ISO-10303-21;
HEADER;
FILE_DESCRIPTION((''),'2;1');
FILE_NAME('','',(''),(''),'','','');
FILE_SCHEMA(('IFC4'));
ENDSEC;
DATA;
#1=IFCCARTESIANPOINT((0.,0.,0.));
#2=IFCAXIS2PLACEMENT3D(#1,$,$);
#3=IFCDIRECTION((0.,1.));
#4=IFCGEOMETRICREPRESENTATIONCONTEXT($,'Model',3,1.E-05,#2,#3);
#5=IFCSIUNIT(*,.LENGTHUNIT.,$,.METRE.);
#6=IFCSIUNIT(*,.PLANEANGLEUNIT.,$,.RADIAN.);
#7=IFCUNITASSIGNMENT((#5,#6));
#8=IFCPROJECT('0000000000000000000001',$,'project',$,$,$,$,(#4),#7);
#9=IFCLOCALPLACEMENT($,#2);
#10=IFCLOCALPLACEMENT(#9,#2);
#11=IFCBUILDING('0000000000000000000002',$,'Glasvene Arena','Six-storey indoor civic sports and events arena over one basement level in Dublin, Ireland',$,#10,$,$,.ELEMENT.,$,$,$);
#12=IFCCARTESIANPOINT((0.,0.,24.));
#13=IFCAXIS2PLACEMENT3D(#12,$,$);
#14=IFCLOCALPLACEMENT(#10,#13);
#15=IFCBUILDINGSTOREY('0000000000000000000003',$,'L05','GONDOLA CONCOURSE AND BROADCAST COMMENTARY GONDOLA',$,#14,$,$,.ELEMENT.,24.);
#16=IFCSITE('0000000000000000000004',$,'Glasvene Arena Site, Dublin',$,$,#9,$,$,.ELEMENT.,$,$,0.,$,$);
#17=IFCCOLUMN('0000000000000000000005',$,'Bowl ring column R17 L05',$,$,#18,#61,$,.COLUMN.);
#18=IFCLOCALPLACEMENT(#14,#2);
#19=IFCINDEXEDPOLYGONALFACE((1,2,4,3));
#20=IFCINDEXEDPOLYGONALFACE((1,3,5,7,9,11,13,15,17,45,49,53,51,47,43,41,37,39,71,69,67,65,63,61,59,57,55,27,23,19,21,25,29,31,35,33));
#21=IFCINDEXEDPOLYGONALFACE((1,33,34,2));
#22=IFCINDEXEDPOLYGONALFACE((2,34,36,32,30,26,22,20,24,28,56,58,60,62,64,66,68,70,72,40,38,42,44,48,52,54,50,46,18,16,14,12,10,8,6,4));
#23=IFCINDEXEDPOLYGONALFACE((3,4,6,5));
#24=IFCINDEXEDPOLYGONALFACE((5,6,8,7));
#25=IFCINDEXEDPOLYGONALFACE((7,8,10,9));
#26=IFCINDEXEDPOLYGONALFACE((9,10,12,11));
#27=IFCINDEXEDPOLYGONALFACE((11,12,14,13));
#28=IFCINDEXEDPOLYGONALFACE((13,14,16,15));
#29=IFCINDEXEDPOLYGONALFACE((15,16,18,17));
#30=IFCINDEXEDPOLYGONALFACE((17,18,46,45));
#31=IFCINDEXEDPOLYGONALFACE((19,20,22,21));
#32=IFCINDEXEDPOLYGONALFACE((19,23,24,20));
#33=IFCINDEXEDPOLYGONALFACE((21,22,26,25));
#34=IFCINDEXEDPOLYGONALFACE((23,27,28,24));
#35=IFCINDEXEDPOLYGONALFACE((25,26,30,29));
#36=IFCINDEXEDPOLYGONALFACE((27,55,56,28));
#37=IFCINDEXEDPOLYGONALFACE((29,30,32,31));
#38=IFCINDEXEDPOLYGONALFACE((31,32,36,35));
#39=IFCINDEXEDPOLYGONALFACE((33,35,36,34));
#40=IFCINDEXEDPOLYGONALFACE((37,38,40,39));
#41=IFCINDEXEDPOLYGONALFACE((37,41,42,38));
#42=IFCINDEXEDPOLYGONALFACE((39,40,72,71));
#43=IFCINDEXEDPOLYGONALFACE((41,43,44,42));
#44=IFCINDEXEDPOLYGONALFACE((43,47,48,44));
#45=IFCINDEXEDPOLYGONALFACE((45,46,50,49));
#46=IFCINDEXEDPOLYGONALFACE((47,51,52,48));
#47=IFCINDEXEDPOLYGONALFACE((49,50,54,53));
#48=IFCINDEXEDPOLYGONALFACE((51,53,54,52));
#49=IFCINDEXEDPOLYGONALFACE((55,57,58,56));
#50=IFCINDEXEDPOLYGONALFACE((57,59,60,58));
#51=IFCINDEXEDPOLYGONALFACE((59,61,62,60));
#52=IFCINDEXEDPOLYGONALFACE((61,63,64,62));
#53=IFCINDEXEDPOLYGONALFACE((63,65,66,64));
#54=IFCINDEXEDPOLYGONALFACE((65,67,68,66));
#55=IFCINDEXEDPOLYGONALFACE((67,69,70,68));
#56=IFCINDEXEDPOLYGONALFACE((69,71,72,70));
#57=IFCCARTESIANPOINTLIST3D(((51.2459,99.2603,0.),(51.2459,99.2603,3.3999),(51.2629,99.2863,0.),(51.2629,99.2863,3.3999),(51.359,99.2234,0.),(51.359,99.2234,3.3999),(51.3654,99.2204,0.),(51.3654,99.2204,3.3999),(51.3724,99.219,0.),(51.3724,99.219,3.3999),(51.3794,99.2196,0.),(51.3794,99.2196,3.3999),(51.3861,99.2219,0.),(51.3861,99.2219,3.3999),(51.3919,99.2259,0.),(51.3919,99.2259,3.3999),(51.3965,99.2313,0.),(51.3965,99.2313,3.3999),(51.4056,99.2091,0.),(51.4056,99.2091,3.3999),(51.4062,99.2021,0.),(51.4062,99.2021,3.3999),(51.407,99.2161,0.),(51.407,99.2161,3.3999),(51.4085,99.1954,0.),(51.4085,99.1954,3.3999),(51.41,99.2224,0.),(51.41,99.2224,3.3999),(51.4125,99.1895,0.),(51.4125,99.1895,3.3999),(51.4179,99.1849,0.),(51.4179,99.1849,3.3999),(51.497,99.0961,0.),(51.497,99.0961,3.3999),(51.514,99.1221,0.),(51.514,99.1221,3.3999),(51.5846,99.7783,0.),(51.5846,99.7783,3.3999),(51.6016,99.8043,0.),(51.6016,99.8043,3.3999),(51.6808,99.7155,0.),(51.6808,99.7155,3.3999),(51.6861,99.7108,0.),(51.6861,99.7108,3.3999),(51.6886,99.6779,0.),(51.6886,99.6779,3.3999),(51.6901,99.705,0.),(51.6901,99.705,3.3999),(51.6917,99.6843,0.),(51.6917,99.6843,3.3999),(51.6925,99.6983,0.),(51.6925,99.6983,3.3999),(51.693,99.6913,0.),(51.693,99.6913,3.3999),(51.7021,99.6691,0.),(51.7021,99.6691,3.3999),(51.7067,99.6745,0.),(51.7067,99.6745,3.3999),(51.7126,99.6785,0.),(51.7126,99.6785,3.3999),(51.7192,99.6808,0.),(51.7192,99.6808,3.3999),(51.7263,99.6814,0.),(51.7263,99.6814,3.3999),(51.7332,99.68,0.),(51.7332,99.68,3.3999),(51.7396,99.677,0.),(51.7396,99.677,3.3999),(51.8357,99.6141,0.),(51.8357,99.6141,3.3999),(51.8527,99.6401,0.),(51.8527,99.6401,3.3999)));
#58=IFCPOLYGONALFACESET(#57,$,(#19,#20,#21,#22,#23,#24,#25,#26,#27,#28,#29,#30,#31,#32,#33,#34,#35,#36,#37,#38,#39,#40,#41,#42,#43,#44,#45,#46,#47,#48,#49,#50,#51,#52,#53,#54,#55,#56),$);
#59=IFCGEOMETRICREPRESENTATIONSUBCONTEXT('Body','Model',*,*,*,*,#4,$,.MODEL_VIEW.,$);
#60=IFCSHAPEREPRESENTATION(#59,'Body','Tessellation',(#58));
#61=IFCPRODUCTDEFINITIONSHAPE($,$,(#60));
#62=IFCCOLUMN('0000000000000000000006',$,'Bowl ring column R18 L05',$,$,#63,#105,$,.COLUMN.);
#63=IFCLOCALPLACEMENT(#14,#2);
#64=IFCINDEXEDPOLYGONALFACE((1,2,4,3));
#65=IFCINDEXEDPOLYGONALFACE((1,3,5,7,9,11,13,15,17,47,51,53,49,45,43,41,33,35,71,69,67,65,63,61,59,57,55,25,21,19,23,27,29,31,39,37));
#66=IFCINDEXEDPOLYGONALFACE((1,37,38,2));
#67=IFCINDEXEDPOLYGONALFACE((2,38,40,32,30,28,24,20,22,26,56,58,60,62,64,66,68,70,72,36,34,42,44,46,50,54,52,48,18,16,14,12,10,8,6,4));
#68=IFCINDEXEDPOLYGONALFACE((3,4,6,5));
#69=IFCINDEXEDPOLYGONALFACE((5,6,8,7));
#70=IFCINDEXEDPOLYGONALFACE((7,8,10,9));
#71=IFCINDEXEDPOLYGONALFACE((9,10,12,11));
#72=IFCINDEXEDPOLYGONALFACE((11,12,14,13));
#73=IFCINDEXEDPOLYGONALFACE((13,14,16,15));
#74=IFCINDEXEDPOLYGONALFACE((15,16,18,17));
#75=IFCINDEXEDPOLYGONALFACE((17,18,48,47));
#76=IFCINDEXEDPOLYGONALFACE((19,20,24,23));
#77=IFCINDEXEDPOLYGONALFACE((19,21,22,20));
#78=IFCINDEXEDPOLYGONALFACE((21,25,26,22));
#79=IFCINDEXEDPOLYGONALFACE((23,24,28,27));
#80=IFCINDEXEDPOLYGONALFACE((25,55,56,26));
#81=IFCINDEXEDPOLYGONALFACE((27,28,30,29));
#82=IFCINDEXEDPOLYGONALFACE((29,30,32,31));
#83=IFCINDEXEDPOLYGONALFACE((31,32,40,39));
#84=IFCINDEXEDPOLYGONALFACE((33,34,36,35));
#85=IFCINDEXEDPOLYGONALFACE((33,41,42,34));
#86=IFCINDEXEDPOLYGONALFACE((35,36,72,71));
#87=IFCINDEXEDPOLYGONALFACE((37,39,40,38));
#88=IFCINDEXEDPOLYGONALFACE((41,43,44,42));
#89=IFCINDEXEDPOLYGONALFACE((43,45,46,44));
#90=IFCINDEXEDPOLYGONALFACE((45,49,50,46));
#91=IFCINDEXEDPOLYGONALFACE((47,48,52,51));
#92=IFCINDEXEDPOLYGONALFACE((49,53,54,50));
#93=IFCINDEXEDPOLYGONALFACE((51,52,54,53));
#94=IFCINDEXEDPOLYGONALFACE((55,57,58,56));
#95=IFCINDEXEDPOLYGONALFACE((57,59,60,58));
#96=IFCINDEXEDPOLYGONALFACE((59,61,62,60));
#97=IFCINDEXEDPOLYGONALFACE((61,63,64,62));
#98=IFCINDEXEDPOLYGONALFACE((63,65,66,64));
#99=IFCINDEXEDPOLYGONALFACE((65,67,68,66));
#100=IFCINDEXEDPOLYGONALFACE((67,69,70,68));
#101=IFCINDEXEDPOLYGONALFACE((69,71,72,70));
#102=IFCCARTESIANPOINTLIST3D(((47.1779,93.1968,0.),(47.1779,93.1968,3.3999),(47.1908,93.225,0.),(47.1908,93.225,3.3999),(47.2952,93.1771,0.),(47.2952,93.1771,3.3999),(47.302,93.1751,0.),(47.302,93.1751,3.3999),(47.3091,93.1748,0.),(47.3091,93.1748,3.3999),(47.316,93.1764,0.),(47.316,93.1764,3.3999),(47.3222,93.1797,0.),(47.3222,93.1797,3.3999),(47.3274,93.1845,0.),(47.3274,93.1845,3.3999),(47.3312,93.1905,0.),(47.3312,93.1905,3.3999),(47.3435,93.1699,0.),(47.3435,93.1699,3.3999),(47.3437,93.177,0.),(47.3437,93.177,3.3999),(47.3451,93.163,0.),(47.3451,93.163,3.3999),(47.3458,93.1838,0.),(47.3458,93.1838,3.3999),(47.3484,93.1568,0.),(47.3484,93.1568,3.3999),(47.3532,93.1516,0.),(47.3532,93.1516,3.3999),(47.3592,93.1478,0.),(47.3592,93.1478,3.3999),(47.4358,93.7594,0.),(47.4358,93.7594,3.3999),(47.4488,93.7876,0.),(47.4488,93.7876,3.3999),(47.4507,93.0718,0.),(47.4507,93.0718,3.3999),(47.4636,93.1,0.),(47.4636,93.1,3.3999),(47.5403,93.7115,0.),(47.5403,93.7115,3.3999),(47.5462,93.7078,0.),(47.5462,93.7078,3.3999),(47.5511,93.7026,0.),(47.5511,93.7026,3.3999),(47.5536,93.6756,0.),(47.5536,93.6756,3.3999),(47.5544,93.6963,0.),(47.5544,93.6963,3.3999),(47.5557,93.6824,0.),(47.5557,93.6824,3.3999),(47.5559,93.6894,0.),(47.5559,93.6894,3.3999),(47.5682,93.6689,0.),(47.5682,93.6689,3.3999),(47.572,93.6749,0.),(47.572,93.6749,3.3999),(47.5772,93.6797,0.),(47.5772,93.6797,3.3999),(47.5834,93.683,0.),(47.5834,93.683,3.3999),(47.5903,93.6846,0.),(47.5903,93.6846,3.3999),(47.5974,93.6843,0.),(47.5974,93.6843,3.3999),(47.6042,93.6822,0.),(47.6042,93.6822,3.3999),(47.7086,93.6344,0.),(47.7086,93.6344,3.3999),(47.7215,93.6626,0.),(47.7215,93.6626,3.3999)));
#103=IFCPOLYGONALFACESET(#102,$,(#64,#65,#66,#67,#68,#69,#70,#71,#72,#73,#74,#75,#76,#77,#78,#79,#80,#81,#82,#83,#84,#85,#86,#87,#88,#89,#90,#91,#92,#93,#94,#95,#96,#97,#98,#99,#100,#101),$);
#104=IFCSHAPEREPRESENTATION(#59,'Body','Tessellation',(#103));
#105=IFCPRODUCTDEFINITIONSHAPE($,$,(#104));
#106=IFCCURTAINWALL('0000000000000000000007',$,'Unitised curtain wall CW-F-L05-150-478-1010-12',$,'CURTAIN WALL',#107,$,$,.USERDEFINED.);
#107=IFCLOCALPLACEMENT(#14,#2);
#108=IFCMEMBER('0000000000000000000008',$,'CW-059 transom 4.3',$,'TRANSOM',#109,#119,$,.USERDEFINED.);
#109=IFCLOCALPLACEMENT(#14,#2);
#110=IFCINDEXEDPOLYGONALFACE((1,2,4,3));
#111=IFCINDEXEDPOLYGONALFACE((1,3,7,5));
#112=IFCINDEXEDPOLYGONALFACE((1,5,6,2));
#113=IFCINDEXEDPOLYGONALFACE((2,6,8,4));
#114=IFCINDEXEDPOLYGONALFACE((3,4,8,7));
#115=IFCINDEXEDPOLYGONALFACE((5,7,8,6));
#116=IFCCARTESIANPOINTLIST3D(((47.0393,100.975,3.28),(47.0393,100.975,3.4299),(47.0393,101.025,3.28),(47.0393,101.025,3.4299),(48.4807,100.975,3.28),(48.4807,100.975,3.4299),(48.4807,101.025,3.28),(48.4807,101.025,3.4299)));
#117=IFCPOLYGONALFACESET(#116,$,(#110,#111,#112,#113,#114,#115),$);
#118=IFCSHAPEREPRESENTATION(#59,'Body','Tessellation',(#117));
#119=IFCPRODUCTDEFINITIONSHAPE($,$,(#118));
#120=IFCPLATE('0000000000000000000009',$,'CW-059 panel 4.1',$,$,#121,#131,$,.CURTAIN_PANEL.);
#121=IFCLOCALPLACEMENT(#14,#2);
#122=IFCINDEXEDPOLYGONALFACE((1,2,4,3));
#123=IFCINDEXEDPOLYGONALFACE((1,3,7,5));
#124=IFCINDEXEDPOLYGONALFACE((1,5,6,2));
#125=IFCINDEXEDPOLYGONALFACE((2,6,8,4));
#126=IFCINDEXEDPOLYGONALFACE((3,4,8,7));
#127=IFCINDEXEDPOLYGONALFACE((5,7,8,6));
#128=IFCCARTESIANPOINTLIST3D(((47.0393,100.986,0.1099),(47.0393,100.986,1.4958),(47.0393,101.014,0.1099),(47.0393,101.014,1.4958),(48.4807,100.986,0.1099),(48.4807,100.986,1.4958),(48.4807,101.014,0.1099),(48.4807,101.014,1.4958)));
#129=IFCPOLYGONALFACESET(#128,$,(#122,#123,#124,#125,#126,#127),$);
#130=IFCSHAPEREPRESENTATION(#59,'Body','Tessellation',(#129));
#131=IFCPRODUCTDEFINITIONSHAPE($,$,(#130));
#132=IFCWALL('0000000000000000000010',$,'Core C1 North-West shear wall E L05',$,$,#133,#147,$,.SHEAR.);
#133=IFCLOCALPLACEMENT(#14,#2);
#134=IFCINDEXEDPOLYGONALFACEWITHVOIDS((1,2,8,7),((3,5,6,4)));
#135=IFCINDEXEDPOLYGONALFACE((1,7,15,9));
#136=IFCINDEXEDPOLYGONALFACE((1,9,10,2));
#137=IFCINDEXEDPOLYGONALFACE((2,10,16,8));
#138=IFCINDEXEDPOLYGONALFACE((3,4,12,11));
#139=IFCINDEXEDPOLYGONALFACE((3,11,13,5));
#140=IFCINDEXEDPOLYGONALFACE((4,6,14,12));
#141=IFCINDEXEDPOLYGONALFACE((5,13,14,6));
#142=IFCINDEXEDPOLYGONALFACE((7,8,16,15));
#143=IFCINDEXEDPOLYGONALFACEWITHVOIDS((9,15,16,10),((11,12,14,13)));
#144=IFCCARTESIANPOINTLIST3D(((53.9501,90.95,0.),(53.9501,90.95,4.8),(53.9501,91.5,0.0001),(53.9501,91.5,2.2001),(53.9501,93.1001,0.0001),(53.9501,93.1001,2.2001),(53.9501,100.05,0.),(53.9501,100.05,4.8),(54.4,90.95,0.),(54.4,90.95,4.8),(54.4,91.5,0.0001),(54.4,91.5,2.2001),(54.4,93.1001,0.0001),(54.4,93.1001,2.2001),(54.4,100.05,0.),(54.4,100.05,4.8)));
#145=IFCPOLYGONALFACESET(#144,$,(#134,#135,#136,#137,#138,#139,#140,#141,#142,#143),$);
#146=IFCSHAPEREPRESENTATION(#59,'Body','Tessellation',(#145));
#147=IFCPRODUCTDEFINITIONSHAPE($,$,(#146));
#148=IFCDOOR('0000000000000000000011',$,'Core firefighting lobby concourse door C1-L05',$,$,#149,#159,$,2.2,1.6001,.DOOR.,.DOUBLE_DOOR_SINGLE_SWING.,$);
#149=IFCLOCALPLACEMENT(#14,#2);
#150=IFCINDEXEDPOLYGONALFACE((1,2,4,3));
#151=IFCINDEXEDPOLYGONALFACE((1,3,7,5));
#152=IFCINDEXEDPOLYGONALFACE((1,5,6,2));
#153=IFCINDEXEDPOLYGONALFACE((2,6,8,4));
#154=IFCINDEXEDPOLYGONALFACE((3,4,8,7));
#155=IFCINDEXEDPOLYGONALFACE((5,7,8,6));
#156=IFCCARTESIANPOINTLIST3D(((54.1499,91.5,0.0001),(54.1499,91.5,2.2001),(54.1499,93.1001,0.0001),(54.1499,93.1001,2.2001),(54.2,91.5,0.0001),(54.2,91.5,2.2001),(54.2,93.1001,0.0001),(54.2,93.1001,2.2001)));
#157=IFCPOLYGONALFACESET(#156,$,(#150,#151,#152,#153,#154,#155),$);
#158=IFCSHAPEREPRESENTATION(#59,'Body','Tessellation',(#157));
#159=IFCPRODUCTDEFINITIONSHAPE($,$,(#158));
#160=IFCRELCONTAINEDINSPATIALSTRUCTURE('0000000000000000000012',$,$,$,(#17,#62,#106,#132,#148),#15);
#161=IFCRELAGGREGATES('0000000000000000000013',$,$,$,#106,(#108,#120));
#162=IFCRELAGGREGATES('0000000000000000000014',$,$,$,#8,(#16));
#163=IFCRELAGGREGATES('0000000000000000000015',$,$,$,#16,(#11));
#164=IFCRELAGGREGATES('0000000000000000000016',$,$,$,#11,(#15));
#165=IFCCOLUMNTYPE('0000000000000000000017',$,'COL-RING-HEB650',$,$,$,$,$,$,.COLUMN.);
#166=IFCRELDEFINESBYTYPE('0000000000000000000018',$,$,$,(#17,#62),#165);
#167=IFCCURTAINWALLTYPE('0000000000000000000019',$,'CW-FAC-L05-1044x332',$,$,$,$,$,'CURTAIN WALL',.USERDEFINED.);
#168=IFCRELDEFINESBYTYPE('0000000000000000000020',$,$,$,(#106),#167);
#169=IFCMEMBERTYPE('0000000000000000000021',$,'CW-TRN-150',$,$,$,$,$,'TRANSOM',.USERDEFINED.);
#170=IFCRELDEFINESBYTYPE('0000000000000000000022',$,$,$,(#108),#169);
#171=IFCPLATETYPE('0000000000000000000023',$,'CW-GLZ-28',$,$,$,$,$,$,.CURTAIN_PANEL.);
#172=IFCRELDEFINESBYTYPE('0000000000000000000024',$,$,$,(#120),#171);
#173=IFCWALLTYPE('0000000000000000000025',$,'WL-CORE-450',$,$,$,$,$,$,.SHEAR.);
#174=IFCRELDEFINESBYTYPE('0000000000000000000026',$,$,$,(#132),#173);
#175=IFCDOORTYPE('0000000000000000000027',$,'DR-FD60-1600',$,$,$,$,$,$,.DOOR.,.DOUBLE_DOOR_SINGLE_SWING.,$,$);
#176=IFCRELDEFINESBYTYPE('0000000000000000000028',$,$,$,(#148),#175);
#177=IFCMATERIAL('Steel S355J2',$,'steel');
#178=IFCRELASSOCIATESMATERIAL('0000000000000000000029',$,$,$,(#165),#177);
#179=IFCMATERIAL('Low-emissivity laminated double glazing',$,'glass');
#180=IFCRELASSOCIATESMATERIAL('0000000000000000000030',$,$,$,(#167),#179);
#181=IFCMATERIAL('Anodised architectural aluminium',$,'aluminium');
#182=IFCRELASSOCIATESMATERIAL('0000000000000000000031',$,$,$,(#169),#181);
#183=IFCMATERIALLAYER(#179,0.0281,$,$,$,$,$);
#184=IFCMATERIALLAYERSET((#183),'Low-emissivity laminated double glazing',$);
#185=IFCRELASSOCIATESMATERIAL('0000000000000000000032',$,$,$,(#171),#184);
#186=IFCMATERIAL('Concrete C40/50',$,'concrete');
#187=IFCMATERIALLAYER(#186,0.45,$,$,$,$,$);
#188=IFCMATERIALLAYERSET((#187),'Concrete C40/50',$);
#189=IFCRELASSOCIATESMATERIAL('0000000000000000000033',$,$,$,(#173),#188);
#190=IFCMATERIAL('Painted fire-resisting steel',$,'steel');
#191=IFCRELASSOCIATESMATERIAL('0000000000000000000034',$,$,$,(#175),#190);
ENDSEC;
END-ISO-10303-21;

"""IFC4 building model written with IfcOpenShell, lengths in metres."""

from ifc_helpers import new_model, si_unit, direction, frame, frame_2d, origin, origin_2d, place, context, subcontext, project, spatial, rectangle, i_section, extrude, material, layer, layer_set, material_profile, profile_set, type_object, element, fill, aggregate, save


model = new_model("IFC4")

# Units and contexts
model_context = context("Model", 3, precision=1e-05, world=origin(), true_north=direction((0.0, 1.0)))
body_context = subcontext(model_context, "Body", "Model", "MODEL_VIEW")
ifc_project = project(units=[si_unit("LENGTHUNIT", "METRE"), si_unit("PLANEANGLEUNIT", "RADIAN")], contexts=[model_context])

# Site, building, storey
site_placement = place(None, origin())
site = spatial("IfcSite", under=ifc_project, at=site_placement, Name="Glasvene Arena Site, Dublin", CompositionType="ELEMENT", RefElevation=0.0)
building_placement = place(site_placement, origin())
building = spatial("IfcBuilding", under=site, at=building_placement, Name="Glasvene Arena", Description="Six-storey indoor civic sports and events arena over one basement level in Dublin, Ireland", CompositionType="ELEMENT")
storey_placement = place(building_placement, frame((0.0, 0.0, 24.0)))
storey = spatial("IfcBuildingStorey", under=building, at=storey_placement, Name="L05", Description="GONDOLA CONCOURSE AND BROADCAST COMMENTARY GONDOLA", CompositionType="ELEMENT", Elevation=24.0)

# Columns
ifc_material_1 = material(Name="Steel S355J2", Category="steel")
ifc_material_profile_1 = material_profile(ifc_material_1, i_section(OverallWidth=0.3, OverallDepth=0.6499, WebThickness=0.0161, FlangeThickness=0.031, FilletRadius=0.0271, at=origin_2d()), Name="HEB 650")
ifc_profile_set_1 = profile_set([ifc_material_profile_1], Name="Steel S355J2")
column_type = type_object("IfcColumnType", Name="COL-RING-HEB650", PredefinedType="COLUMN", material=ifc_profile_set_1)
for number, where, z_axis, x_axis, name in (
    (1, (51.5493, 99.4502, 0.0), (0.0, 0.0, 1.0), (-0.836955, 0.547271, 0.0), "Bowl ring column R17 L05"),
    (2, (47.4497, 93.4297, 0.0), (0.0, 0.0, 1.0), (-0.909018, 0.416757, 0.0), "Bowl ring column R18 L05"),
):
    element("IfcColumn", number, at=place(storey_placement, frame(where, z_axis=z_axis, x_axis=x_axis)), inside=storey, type_object=column_type, Name=name, PredefinedType="COLUMN", context=body_context, shape_type="SweptSolid", body=[
        extrude(i_section(OverallWidth=0.3, OverallDepth=0.6499, WebThickness=0.0161, FlangeThickness=0.031, FilletRadius=0.0271, at=origin_2d()), origin(), (0.0, 0.0, 1.0), 3.3999),
    ])

# Curtain wall, member, plate
ifc_material_2 = material(Name="Low-emissivity laminated double glazing", Category="glass")
curtain_wall_type = type_object("IfcCurtainWallType", Name="CW-FAC-L05-1044x332", ElementType="CURTAIN WALL", PredefinedType="USERDEFINED", material=ifc_material_2)
curtain_wall_placement = place(storey_placement, frame((42.54, 101.0, 0.0)))
curtain_wall = element("IfcCurtainWall", 3, at=curtain_wall_placement, inside=storey, type_object=curtain_wall_type, Name="Unitised curtain wall CW-F-L05-150-478-1010-12", ObjectType="CURTAIN WALL", PredefinedType="USERDEFINED")
ifc_material_3 = material(Name="Anodised architectural aluminium", Category="aluminium")
ifc_material_profile_2 = material_profile(ifc_material_3, rectangle(XDim=0.05, YDim=0.1499, at=origin_2d()), Name="ALU TRANSOM 50x150")
ifc_profile_set_2 = profile_set([ifc_material_profile_2], Name="Anodised architectural aluminium")
member_type = type_object("IfcMemberType", Name="CW-TRN-150", ElementType="TRANSOM", PredefinedType="USERDEFINED", material=ifc_profile_set_2)
member_placement = place(storey_placement, frame((47.0393, 101.0, 3.355), z_axis=(1.0, 0.0, 0.0), x_axis=(0.0, 1.0, 0.0)))
member = element("IfcMember", 4, at=member_placement, type_object=member_type, Name="CW-059 transom 4.3", ObjectType="TRANSOM", PredefinedType="USERDEFINED", context=body_context, shape_type="SweptSolid", body=[
    extrude(rectangle(XDim=0.05, YDim=0.1499, at=origin_2d()), origin(), (0.0, 0.0, 1.0), 1.4414),
])
ifc_layer_1 = layer(ifc_material_2, 0.0281)
ifc_layer_set_1 = layer_set([ifc_layer_1], Name="Low-emissivity laminated double glazing")
plate_type = type_object("IfcPlateType", Name="CW-GLZ-28", PredefinedType="CURTAIN_PANEL", material=ifc_layer_set_1)
plate_placement = place(storey_placement, frame((47.76, 101.0, 0.1099), z_axis=(0.0, 0.0, 1.0), x_axis=(1.0, 0.0, 0.0)))
plate = element("IfcPlate", 5, at=plate_placement, type_object=plate_type, Name="CW-059 panel 4.1", PredefinedType="CURTAIN_PANEL", context=body_context, shape_type="SweptSolid", body=[
    extrude(rectangle(XDim=1.4414, YDim=0.0281, at=origin_2d()), origin(), (0.0, 0.0, 1.0), 1.386),
])
aggregate(curtain_wall, [member, plate])

# Shared definitions
ifc_material_4 = material(Name="Concrete C40/50", Category="concrete")

# Wall, opening, door
ifc_layer_2 = layer(ifc_material_4, 0.45)
ifc_layer_set_2 = layer_set([ifc_layer_2], Name="Concrete C40/50")
wall_type_1 = type_object("IfcWallType", Name="WL-CORE-450", PredefinedType="SHEAR", material=ifc_layer_set_2)
wall_1_placement = place(storey_placement, frame((54.175, 90.95, 0.0), z_axis=(0.0, 0.0, 1.0), x_axis=(0.0, 1.0, 0.0)))
wall_1 = element("IfcWall", 6, at=wall_1_placement, inside=storey, type_object=wall_type_1, Name="Core C1 North-West shear wall E L05", PredefinedType="SHEAR", context=body_context, shape_type="SweptSolid", body=[
    extrude(rectangle(XDim=9.1001, YDim=0.45, at=frame_2d((4.55, 0.0))), origin(), (0.0, 0.0, 1.0), 4.8),
])
opening_1_placement = place(wall_1_placement, frame((0.55, 0.0, 0.0)))
opening_1 = element("IfcOpeningElement", 7, at=opening_1_placement, cuts=wall_1, PredefinedType="OPENING", context=body_context, shape_type="SweptSolid", body=[
    extrude(rectangle(XDim=1.6001, YDim=2.2, at=frame_2d((0.8, 1.1001))), frame((0.0, 0.2349, 0.0), z_axis=(0.0, -1.0, 0.0), x_axis=(1.0, 0.0, 0.0)), (0.0, 0.0, 1.0), 0.47),
])
ifc_material_5 = material(Name="Painted fire-resisting steel", Category="steel")
door_type_1 = type_object("IfcDoorType", Name="DR-FD60-1600", OperationType="DOUBLE_DOOR_SINGLE_SWING", PredefinedType="DOOR", material=ifc_material_5)
door_1_placement = place(opening_1_placement, frame((1.6001, 0.0, 0.0), z_axis=(0.0, 0.0, 1.0), x_axis=(-1.0, 0.0, 0.0)))
door_1 = element("IfcDoor", 8, at=door_1_placement, inside=storey, type_object=door_type_1, Name="Core firefighting lobby concourse door C1-L05", OperationType="DOUBLE_DOOR_SINGLE_SWING", OverallHeight=2.2, OverallWidth=1.6001, PredefinedType="DOOR", context=body_context, shape_type="SweptSolid", body=[
    extrude(rectangle(XDim=1.6001, YDim=2.2, at=frame_2d((0.8, 1.1001))), frame((0.0, 0.0249, 0.0), z_axis=(0.0, -1.0, 0.0), x_axis=(1.0, 0.0, 0.0)), (0.0, 0.0, 1.0), 0.05),
])
fill(opening_1, door_1)

save(model, "model.ifc")
